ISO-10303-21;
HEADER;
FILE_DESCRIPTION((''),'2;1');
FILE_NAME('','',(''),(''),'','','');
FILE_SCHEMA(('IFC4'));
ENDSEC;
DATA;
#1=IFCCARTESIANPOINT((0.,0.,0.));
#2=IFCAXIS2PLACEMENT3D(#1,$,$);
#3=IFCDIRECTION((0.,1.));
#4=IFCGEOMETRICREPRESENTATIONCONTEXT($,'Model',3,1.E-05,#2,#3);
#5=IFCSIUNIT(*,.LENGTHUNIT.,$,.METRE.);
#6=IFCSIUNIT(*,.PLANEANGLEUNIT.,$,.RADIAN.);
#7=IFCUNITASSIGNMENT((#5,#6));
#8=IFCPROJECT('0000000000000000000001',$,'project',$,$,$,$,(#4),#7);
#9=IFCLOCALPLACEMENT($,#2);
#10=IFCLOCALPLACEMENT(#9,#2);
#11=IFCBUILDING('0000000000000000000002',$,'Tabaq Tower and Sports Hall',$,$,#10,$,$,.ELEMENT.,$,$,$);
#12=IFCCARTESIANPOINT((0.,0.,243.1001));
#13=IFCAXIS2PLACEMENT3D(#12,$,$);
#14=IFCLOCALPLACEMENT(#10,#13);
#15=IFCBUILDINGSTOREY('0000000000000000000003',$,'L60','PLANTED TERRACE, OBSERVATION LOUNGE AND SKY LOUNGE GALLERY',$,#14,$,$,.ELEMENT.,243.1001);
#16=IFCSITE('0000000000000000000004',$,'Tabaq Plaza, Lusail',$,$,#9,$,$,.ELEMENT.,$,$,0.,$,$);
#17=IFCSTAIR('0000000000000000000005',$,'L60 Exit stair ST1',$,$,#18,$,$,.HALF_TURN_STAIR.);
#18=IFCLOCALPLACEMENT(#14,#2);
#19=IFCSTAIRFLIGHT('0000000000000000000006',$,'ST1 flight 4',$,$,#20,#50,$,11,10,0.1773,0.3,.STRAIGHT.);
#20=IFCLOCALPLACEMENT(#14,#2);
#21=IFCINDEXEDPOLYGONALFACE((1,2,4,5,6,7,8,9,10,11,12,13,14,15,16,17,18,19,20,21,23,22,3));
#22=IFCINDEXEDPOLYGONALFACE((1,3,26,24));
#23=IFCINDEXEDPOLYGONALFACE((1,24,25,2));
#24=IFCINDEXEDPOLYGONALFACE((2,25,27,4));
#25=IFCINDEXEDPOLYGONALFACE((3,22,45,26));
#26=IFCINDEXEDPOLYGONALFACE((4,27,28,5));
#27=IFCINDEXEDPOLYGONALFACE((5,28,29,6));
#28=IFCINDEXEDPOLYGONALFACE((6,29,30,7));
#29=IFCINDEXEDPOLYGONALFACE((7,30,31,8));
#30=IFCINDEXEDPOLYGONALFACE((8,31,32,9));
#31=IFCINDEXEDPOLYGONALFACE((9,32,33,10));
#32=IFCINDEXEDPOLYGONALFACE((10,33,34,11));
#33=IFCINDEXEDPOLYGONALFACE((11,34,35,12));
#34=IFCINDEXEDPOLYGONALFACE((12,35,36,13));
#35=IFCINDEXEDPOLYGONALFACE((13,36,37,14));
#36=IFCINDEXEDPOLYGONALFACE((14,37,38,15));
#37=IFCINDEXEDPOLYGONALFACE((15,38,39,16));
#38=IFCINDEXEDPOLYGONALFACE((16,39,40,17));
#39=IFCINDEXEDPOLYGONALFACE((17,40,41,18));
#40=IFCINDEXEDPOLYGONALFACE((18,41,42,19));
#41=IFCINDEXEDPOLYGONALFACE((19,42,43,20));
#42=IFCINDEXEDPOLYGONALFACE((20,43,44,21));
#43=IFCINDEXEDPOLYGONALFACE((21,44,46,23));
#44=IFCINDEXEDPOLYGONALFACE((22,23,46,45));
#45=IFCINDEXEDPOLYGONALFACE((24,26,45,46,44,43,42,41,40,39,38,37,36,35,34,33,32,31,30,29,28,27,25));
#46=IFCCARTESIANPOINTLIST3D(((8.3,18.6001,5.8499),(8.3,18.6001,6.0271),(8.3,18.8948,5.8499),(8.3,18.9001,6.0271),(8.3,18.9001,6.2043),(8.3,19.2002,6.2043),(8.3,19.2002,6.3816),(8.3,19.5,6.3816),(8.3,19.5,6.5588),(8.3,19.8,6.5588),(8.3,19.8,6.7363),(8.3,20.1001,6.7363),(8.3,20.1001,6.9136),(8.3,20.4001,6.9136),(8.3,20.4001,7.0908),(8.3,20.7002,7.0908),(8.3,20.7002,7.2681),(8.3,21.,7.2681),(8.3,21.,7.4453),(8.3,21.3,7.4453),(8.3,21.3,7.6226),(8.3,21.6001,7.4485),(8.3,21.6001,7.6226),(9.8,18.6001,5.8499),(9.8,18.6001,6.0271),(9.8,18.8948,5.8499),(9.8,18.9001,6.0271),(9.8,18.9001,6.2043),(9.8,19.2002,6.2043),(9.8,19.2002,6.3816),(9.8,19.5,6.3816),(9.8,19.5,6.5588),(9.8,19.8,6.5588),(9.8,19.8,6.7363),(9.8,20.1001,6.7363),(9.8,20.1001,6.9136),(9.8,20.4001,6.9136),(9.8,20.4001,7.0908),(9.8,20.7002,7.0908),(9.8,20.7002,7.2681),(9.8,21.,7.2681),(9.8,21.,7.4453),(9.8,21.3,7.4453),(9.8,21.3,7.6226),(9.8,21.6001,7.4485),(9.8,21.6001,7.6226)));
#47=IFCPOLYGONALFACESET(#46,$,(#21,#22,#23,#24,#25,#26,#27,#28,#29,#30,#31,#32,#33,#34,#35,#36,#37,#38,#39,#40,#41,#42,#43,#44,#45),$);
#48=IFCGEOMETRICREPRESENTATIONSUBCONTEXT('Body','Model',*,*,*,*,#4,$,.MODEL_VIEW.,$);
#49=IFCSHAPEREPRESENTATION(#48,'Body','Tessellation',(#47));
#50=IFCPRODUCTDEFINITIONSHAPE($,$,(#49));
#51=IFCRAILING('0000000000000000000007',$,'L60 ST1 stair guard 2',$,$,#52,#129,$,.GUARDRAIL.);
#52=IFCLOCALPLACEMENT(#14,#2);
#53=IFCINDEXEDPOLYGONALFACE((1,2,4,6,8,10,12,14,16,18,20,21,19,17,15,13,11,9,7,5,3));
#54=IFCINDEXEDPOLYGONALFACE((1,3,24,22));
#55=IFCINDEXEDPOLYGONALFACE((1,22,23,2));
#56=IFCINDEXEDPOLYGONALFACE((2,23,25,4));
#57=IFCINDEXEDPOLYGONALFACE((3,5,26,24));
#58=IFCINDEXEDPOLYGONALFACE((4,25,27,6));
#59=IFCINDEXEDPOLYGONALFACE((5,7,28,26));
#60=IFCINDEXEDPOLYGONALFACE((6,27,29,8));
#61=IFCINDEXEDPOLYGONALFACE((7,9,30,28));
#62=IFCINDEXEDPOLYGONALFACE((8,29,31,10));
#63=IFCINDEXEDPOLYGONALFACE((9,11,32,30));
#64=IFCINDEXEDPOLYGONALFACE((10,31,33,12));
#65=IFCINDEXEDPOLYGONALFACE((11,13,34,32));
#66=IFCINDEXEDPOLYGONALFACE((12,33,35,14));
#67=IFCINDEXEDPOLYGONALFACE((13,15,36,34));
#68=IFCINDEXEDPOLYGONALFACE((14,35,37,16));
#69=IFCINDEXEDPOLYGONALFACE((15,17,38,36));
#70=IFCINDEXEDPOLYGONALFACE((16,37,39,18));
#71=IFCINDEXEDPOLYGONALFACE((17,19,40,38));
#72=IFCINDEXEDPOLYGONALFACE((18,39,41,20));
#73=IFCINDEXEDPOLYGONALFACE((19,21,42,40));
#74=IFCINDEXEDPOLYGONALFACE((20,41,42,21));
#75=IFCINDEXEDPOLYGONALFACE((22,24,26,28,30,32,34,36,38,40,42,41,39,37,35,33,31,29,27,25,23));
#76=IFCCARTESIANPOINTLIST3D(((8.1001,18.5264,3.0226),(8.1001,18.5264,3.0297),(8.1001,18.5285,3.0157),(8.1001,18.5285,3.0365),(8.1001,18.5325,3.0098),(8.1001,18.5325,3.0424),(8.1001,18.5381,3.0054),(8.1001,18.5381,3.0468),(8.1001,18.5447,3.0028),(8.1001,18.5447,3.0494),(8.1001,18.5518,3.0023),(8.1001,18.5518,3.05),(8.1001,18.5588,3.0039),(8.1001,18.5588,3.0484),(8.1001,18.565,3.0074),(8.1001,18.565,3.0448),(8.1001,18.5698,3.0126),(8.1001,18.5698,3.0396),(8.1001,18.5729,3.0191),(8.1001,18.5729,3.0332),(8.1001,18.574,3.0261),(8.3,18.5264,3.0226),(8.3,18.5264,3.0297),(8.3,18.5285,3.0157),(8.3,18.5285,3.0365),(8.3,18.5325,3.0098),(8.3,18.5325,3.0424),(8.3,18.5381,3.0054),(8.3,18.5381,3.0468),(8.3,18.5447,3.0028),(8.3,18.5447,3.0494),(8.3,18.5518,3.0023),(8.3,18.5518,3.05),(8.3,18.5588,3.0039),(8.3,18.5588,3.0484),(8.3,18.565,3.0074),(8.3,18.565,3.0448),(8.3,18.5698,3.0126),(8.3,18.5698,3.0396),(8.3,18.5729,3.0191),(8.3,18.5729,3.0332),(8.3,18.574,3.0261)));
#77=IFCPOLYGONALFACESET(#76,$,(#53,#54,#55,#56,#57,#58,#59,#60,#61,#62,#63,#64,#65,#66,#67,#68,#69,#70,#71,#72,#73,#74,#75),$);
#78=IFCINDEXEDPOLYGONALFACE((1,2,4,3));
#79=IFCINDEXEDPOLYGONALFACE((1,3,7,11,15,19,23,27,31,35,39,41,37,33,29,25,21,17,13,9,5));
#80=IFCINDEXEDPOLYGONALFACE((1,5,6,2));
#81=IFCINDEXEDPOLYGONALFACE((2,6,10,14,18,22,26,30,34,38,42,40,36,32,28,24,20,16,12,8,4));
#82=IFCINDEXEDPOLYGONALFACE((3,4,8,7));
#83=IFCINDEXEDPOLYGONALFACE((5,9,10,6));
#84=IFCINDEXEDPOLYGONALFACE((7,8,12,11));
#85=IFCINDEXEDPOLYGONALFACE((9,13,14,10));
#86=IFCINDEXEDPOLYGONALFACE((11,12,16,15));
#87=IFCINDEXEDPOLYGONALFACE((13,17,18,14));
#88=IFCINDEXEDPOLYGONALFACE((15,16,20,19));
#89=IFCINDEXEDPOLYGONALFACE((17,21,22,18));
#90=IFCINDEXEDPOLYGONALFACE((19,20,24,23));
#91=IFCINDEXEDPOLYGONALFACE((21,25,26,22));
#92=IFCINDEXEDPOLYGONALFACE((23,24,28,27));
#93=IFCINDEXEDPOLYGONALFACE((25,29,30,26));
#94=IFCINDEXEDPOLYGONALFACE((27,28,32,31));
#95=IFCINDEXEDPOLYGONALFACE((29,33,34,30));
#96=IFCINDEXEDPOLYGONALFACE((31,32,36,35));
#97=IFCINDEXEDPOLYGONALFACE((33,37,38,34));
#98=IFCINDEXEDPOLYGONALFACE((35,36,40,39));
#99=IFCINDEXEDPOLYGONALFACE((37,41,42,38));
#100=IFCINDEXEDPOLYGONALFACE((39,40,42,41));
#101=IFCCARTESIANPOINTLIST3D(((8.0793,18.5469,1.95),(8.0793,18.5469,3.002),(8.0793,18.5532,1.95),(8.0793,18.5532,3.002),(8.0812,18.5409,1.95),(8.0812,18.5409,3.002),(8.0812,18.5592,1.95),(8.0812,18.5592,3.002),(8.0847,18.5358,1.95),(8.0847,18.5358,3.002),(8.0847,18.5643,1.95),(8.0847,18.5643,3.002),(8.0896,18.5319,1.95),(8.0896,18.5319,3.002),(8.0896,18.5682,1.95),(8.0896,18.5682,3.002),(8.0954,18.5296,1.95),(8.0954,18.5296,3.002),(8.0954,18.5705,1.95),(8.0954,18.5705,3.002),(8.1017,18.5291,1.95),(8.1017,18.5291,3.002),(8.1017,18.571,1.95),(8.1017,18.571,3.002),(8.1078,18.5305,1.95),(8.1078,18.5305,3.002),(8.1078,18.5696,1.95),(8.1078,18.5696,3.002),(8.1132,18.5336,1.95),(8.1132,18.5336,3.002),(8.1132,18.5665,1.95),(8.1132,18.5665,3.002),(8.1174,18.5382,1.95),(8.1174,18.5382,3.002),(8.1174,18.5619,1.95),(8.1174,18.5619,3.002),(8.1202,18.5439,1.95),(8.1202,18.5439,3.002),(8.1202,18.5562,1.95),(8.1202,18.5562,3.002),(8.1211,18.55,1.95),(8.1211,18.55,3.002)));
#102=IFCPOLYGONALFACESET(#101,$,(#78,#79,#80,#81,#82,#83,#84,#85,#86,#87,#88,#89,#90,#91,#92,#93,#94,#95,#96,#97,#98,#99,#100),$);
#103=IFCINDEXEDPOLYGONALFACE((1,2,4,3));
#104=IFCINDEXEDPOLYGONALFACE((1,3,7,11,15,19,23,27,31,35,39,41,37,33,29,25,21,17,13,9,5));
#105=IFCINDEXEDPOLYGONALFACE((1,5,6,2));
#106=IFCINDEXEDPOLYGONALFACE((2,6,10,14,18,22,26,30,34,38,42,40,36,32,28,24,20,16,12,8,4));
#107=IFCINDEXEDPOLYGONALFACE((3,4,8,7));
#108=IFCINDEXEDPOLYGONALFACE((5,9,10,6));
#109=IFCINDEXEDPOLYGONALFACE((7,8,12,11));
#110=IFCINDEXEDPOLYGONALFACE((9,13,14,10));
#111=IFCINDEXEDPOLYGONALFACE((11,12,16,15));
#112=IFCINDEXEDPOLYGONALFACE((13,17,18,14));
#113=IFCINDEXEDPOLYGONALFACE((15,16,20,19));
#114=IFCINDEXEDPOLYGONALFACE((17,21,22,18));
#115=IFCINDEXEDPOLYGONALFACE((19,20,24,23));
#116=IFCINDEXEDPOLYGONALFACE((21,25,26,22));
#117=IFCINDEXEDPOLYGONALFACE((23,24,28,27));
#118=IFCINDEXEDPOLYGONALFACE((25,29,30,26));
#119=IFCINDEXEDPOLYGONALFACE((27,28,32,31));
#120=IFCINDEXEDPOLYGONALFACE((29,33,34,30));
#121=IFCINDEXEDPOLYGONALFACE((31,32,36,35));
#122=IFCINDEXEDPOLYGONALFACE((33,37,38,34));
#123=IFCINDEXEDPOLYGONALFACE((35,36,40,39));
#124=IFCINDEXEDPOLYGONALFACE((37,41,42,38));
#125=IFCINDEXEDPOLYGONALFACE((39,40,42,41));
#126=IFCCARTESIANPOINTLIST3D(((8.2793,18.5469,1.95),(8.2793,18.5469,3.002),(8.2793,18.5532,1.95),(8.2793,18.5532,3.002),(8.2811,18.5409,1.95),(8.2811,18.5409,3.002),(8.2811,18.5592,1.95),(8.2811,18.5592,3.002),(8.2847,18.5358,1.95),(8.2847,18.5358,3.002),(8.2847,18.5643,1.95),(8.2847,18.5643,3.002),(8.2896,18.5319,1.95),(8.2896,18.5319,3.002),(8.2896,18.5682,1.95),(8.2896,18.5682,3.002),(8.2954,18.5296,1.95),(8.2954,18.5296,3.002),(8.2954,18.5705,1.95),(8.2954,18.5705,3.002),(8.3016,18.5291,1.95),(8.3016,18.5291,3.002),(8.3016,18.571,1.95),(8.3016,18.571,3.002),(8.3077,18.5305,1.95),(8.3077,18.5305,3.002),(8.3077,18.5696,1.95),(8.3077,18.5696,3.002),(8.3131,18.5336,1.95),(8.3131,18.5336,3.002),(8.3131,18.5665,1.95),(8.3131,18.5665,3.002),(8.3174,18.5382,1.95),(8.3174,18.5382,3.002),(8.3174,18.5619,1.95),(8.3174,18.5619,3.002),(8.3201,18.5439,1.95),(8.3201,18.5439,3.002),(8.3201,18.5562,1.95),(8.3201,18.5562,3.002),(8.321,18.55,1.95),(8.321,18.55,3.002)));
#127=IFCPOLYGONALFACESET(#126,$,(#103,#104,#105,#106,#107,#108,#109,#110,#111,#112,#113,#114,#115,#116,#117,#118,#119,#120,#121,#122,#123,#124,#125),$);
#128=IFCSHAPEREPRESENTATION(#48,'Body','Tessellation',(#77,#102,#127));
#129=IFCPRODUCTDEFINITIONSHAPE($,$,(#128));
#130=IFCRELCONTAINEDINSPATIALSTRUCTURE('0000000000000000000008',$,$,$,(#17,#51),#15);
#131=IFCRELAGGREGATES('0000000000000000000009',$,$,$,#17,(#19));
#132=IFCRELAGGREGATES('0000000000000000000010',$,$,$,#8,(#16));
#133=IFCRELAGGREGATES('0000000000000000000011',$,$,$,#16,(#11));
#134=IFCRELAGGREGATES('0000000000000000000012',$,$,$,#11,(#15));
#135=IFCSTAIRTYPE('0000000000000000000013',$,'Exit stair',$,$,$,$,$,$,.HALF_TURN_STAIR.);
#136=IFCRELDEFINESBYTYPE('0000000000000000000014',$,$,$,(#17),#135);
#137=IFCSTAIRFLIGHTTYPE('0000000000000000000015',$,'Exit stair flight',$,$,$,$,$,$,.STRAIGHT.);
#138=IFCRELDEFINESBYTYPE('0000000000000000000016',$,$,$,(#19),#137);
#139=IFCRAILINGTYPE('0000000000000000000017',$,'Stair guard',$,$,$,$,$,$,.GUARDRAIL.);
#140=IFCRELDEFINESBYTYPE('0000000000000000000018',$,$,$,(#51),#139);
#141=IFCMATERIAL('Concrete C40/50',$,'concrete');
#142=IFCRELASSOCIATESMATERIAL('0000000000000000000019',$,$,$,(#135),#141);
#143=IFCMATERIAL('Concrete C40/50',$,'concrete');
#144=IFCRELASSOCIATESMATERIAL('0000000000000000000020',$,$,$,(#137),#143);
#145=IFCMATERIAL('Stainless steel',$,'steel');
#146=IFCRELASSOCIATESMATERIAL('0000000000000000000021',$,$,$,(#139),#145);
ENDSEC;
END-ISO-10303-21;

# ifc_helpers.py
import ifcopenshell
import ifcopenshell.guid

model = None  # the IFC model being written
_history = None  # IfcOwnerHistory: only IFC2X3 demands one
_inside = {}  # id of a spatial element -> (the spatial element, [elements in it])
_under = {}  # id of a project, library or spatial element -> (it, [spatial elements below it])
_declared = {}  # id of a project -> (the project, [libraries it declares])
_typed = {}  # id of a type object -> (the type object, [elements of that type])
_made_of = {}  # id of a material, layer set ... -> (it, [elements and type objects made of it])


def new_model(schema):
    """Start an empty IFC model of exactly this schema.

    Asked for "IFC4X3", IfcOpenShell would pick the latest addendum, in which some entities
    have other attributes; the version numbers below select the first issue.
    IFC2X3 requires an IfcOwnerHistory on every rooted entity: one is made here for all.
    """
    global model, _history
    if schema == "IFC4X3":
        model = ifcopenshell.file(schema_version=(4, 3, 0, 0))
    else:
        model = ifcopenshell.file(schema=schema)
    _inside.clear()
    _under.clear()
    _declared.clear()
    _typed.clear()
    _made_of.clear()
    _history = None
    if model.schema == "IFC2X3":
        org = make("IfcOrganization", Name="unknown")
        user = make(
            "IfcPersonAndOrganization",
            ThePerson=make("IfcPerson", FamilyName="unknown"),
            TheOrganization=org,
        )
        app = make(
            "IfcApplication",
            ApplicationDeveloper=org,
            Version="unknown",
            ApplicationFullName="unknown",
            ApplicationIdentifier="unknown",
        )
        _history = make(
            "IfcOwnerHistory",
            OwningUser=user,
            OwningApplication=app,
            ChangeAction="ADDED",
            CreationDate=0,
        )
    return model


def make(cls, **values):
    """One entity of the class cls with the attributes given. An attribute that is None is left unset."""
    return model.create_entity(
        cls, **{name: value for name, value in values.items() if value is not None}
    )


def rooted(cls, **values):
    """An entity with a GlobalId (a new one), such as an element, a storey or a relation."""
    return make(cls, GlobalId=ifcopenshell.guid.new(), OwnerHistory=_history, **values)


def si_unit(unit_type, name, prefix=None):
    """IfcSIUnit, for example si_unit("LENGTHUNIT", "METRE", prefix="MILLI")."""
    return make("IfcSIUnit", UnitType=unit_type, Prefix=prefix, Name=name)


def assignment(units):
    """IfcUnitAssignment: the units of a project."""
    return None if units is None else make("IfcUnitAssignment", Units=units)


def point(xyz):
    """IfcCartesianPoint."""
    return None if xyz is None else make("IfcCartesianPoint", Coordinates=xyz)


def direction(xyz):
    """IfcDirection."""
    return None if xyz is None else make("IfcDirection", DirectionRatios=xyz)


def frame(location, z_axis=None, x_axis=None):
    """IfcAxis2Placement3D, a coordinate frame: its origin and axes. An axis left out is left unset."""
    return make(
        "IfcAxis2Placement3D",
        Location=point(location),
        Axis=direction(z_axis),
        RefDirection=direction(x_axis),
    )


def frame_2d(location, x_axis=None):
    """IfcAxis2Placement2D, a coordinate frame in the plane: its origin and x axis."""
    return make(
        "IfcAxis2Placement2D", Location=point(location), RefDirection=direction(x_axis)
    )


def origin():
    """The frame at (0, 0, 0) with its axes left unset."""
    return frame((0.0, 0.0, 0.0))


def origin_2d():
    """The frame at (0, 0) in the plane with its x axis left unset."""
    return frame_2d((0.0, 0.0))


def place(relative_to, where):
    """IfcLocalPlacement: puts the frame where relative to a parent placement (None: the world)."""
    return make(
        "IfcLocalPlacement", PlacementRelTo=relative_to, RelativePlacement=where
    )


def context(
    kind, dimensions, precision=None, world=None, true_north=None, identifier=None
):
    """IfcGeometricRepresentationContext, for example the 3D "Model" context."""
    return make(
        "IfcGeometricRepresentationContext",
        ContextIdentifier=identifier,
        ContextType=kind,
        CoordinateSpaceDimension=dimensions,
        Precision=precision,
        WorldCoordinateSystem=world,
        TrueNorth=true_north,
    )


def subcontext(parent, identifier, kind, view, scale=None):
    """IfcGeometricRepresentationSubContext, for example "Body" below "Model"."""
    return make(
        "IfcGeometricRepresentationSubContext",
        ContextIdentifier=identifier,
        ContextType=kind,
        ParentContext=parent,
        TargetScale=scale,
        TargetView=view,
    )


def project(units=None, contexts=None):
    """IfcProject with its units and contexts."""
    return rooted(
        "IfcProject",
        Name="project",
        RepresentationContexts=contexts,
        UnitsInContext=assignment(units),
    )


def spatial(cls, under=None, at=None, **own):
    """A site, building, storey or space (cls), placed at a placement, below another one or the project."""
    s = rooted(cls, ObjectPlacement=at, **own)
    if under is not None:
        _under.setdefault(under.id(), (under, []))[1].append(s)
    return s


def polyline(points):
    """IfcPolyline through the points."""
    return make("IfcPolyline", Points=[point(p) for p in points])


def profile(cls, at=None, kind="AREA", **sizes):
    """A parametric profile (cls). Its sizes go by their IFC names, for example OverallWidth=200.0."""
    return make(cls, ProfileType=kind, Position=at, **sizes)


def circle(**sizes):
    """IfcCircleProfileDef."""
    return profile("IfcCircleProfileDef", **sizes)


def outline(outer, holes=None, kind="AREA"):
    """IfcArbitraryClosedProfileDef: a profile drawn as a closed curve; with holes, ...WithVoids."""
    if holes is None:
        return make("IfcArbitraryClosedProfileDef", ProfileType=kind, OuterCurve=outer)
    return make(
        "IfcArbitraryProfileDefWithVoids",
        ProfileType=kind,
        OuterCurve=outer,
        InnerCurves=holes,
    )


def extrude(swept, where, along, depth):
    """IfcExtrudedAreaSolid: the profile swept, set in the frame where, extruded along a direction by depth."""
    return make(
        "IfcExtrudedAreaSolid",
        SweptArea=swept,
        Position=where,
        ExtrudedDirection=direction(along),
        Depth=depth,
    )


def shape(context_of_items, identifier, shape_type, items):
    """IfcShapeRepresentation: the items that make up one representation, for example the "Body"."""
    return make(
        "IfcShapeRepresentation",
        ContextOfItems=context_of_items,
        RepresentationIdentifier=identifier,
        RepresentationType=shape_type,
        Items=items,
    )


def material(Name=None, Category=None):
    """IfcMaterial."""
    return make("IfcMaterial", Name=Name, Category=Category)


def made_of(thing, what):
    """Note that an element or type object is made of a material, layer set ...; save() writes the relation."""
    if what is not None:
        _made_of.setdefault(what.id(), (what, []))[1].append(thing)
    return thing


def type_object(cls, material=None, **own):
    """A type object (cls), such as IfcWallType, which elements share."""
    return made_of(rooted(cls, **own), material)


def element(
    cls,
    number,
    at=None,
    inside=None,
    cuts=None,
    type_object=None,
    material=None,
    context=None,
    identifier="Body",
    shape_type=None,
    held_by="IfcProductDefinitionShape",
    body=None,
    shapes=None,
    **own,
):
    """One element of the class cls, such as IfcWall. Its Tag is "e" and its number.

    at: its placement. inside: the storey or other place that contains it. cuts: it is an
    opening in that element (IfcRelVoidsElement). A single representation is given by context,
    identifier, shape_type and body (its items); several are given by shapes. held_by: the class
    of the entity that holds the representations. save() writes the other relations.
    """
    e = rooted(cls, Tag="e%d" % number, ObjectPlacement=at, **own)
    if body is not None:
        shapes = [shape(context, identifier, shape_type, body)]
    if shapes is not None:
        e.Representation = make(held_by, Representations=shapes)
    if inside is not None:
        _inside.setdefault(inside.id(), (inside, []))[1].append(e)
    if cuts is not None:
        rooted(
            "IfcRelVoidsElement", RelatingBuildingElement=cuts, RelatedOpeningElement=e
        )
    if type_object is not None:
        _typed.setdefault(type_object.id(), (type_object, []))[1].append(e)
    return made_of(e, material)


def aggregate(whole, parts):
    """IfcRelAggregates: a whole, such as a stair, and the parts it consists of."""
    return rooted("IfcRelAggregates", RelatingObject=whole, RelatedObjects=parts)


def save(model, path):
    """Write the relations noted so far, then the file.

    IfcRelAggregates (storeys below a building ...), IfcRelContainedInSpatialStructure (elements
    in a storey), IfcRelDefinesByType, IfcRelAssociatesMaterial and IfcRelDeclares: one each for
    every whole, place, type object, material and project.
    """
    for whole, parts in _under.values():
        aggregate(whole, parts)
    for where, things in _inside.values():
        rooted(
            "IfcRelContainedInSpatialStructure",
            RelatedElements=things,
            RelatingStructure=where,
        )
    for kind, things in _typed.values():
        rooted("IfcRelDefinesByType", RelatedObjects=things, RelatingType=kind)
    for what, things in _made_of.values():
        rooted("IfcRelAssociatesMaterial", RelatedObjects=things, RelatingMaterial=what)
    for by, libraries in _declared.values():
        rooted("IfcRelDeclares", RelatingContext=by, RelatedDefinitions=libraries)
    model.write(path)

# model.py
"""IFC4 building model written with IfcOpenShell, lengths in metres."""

from ifc_helpers import new_model, si_unit, direction, frame, origin, origin_2d, place, context, subcontext, project, spatial, polyline, circle, outline, extrude, material, type_object, element, aggregate, save


model = new_model("IFC4")

# Units and contexts
model_context = context("Model", 3, precision=1e-05, world=origin(), true_north=direction((0.0, 1.0)))
body_context = subcontext(model_context, "Body", "Model", "MODEL_VIEW")
ifc_project = project(units=[si_unit("LENGTHUNIT", "METRE"), si_unit("PLANEANGLEUNIT", "RADIAN")], contexts=[model_context])

# Site, building, storey
site_placement = place(None, origin())
site = spatial("IfcSite", under=ifc_project, at=site_placement, Name="Tabaq Plaza, Lusail", CompositionType="ELEMENT", RefElevation=0.0)
building_placement = place(site_placement, origin())
building = spatial("IfcBuilding", under=site, at=building_placement, Name="Tabaq Tower and Sports Hall", CompositionType="ELEMENT")
storey_placement = place(building_placement, frame((0.0, 0.0, 243.1001)))
storey = spatial("IfcBuildingStorey", under=building, at=storey_placement, Name="L60", Description="PLANTED TERRACE, OBSERVATION LOUNGE AND SKY LOUNGE GALLERY", CompositionType="ELEMENT", Elevation=243.1001)

# Stair, stair flight
ifc_material_1 = material(Name="Concrete C40/50", Category="concrete")
stair_type = type_object("IfcStairType", Name="Exit stair", PredefinedType="HALF_TURN_STAIR", material=ifc_material_1)
stair_placement = place(storey_placement, origin())
stair = element("IfcStair", 1, at=stair_placement, inside=storey, type_object=stair_type, Name="L60 Exit stair ST1", PredefinedType="HALF_TURN_STAIR")
ifc_material_2 = material(Name="Concrete C40/50", Category="concrete")
stair_flight_type = type_object("IfcStairFlightType", Name="Exit stair flight", PredefinedType="STRAIGHT", material=ifc_material_2)
stair_flight_1_placement = place(storey_placement, frame((9.05, 18.6001, 5.8499), z_axis=(0.0, 0.0, 1.0), x_axis=(0.0, 1.0, 0.0)))
stair_flight_1 = element("IfcStairFlight", 2, at=stair_flight_1_placement, type_object=stair_flight_type, Name="ST1 flight 4", NumberOfRisers=11, NumberOfTreads=10, PredefinedType="STRAIGHT", RiserHeight=0.1773, TreadLength=0.3, context=body_context, shape_type="SweptSolid", body=[
    extrude(outline(polyline([(0.0, 0.0), (0.0, 0.1772), (0.3, 0.1772), (0.3, 0.3545), (0.6001, 0.3545), (0.6001, 0.5317), (0.8999, 0.5317), (0.8999, 0.709), (1.2, 0.709), (1.2, 0.8865), (1.5, 0.8865), (1.5, 1.0637), (1.8, 1.0637), (1.8, 1.241), (2.1001, 1.241), (2.1001, 1.4182), (2.3999, 1.4182), (2.3999, 1.5955), (2.7, 1.5955), (2.7, 1.7727), (3.0, 1.7727), (3.0, 1.95), (3.0, 1.5986), (0.2947, 0.0), (0.0, 0.0)])), frame((0.0, 0.75, 0.0), z_axis=(0.0, -1.0, 0.0), x_axis=(1.0, 0.0, 0.0)), (0.0, 0.0, 1.0), 1.5),
])
aggregate(stair, [stair_flight_1])

# Railing
ifc_material_3 = material(Name="Stainless steel", Category="steel")
railing_type_1 = type_object("IfcRailingType", Name="Stair guard", PredefinedType="GUARDRAIL", material=ifc_material_3)
railing_1_placement = place(storey_placement, frame((8.1001, 18.55, 1.95)))
element("IfcRailing", 3, at=railing_1_placement, inside=storey, type_object=railing_type_1, Name="L60 ST1 stair guard 2", PredefinedType="GUARDRAIL", context=body_context, shape_type="SweptSolid", body=[
    extrude(circle(Radius=0.0239, at=origin_2d()), frame((0.0, 0.0, 1.0762), z_axis=(1.0, 0.0, 0.0), x_axis=(0.0, 1.0, 0.0)), (0.0, 0.0, 1.0), 0.2),
    extrude(circle(Radius=0.021, at=origin_2d()), origin(), (0.0, 0.0, 1.0), 1.052),
    extrude(circle(Radius=0.021, at=origin_2d()), frame((0.2, 0.0, 0.0)), (0.0, 0.0, 1.0), 1.052),
])

save(model, "model.ifc")
